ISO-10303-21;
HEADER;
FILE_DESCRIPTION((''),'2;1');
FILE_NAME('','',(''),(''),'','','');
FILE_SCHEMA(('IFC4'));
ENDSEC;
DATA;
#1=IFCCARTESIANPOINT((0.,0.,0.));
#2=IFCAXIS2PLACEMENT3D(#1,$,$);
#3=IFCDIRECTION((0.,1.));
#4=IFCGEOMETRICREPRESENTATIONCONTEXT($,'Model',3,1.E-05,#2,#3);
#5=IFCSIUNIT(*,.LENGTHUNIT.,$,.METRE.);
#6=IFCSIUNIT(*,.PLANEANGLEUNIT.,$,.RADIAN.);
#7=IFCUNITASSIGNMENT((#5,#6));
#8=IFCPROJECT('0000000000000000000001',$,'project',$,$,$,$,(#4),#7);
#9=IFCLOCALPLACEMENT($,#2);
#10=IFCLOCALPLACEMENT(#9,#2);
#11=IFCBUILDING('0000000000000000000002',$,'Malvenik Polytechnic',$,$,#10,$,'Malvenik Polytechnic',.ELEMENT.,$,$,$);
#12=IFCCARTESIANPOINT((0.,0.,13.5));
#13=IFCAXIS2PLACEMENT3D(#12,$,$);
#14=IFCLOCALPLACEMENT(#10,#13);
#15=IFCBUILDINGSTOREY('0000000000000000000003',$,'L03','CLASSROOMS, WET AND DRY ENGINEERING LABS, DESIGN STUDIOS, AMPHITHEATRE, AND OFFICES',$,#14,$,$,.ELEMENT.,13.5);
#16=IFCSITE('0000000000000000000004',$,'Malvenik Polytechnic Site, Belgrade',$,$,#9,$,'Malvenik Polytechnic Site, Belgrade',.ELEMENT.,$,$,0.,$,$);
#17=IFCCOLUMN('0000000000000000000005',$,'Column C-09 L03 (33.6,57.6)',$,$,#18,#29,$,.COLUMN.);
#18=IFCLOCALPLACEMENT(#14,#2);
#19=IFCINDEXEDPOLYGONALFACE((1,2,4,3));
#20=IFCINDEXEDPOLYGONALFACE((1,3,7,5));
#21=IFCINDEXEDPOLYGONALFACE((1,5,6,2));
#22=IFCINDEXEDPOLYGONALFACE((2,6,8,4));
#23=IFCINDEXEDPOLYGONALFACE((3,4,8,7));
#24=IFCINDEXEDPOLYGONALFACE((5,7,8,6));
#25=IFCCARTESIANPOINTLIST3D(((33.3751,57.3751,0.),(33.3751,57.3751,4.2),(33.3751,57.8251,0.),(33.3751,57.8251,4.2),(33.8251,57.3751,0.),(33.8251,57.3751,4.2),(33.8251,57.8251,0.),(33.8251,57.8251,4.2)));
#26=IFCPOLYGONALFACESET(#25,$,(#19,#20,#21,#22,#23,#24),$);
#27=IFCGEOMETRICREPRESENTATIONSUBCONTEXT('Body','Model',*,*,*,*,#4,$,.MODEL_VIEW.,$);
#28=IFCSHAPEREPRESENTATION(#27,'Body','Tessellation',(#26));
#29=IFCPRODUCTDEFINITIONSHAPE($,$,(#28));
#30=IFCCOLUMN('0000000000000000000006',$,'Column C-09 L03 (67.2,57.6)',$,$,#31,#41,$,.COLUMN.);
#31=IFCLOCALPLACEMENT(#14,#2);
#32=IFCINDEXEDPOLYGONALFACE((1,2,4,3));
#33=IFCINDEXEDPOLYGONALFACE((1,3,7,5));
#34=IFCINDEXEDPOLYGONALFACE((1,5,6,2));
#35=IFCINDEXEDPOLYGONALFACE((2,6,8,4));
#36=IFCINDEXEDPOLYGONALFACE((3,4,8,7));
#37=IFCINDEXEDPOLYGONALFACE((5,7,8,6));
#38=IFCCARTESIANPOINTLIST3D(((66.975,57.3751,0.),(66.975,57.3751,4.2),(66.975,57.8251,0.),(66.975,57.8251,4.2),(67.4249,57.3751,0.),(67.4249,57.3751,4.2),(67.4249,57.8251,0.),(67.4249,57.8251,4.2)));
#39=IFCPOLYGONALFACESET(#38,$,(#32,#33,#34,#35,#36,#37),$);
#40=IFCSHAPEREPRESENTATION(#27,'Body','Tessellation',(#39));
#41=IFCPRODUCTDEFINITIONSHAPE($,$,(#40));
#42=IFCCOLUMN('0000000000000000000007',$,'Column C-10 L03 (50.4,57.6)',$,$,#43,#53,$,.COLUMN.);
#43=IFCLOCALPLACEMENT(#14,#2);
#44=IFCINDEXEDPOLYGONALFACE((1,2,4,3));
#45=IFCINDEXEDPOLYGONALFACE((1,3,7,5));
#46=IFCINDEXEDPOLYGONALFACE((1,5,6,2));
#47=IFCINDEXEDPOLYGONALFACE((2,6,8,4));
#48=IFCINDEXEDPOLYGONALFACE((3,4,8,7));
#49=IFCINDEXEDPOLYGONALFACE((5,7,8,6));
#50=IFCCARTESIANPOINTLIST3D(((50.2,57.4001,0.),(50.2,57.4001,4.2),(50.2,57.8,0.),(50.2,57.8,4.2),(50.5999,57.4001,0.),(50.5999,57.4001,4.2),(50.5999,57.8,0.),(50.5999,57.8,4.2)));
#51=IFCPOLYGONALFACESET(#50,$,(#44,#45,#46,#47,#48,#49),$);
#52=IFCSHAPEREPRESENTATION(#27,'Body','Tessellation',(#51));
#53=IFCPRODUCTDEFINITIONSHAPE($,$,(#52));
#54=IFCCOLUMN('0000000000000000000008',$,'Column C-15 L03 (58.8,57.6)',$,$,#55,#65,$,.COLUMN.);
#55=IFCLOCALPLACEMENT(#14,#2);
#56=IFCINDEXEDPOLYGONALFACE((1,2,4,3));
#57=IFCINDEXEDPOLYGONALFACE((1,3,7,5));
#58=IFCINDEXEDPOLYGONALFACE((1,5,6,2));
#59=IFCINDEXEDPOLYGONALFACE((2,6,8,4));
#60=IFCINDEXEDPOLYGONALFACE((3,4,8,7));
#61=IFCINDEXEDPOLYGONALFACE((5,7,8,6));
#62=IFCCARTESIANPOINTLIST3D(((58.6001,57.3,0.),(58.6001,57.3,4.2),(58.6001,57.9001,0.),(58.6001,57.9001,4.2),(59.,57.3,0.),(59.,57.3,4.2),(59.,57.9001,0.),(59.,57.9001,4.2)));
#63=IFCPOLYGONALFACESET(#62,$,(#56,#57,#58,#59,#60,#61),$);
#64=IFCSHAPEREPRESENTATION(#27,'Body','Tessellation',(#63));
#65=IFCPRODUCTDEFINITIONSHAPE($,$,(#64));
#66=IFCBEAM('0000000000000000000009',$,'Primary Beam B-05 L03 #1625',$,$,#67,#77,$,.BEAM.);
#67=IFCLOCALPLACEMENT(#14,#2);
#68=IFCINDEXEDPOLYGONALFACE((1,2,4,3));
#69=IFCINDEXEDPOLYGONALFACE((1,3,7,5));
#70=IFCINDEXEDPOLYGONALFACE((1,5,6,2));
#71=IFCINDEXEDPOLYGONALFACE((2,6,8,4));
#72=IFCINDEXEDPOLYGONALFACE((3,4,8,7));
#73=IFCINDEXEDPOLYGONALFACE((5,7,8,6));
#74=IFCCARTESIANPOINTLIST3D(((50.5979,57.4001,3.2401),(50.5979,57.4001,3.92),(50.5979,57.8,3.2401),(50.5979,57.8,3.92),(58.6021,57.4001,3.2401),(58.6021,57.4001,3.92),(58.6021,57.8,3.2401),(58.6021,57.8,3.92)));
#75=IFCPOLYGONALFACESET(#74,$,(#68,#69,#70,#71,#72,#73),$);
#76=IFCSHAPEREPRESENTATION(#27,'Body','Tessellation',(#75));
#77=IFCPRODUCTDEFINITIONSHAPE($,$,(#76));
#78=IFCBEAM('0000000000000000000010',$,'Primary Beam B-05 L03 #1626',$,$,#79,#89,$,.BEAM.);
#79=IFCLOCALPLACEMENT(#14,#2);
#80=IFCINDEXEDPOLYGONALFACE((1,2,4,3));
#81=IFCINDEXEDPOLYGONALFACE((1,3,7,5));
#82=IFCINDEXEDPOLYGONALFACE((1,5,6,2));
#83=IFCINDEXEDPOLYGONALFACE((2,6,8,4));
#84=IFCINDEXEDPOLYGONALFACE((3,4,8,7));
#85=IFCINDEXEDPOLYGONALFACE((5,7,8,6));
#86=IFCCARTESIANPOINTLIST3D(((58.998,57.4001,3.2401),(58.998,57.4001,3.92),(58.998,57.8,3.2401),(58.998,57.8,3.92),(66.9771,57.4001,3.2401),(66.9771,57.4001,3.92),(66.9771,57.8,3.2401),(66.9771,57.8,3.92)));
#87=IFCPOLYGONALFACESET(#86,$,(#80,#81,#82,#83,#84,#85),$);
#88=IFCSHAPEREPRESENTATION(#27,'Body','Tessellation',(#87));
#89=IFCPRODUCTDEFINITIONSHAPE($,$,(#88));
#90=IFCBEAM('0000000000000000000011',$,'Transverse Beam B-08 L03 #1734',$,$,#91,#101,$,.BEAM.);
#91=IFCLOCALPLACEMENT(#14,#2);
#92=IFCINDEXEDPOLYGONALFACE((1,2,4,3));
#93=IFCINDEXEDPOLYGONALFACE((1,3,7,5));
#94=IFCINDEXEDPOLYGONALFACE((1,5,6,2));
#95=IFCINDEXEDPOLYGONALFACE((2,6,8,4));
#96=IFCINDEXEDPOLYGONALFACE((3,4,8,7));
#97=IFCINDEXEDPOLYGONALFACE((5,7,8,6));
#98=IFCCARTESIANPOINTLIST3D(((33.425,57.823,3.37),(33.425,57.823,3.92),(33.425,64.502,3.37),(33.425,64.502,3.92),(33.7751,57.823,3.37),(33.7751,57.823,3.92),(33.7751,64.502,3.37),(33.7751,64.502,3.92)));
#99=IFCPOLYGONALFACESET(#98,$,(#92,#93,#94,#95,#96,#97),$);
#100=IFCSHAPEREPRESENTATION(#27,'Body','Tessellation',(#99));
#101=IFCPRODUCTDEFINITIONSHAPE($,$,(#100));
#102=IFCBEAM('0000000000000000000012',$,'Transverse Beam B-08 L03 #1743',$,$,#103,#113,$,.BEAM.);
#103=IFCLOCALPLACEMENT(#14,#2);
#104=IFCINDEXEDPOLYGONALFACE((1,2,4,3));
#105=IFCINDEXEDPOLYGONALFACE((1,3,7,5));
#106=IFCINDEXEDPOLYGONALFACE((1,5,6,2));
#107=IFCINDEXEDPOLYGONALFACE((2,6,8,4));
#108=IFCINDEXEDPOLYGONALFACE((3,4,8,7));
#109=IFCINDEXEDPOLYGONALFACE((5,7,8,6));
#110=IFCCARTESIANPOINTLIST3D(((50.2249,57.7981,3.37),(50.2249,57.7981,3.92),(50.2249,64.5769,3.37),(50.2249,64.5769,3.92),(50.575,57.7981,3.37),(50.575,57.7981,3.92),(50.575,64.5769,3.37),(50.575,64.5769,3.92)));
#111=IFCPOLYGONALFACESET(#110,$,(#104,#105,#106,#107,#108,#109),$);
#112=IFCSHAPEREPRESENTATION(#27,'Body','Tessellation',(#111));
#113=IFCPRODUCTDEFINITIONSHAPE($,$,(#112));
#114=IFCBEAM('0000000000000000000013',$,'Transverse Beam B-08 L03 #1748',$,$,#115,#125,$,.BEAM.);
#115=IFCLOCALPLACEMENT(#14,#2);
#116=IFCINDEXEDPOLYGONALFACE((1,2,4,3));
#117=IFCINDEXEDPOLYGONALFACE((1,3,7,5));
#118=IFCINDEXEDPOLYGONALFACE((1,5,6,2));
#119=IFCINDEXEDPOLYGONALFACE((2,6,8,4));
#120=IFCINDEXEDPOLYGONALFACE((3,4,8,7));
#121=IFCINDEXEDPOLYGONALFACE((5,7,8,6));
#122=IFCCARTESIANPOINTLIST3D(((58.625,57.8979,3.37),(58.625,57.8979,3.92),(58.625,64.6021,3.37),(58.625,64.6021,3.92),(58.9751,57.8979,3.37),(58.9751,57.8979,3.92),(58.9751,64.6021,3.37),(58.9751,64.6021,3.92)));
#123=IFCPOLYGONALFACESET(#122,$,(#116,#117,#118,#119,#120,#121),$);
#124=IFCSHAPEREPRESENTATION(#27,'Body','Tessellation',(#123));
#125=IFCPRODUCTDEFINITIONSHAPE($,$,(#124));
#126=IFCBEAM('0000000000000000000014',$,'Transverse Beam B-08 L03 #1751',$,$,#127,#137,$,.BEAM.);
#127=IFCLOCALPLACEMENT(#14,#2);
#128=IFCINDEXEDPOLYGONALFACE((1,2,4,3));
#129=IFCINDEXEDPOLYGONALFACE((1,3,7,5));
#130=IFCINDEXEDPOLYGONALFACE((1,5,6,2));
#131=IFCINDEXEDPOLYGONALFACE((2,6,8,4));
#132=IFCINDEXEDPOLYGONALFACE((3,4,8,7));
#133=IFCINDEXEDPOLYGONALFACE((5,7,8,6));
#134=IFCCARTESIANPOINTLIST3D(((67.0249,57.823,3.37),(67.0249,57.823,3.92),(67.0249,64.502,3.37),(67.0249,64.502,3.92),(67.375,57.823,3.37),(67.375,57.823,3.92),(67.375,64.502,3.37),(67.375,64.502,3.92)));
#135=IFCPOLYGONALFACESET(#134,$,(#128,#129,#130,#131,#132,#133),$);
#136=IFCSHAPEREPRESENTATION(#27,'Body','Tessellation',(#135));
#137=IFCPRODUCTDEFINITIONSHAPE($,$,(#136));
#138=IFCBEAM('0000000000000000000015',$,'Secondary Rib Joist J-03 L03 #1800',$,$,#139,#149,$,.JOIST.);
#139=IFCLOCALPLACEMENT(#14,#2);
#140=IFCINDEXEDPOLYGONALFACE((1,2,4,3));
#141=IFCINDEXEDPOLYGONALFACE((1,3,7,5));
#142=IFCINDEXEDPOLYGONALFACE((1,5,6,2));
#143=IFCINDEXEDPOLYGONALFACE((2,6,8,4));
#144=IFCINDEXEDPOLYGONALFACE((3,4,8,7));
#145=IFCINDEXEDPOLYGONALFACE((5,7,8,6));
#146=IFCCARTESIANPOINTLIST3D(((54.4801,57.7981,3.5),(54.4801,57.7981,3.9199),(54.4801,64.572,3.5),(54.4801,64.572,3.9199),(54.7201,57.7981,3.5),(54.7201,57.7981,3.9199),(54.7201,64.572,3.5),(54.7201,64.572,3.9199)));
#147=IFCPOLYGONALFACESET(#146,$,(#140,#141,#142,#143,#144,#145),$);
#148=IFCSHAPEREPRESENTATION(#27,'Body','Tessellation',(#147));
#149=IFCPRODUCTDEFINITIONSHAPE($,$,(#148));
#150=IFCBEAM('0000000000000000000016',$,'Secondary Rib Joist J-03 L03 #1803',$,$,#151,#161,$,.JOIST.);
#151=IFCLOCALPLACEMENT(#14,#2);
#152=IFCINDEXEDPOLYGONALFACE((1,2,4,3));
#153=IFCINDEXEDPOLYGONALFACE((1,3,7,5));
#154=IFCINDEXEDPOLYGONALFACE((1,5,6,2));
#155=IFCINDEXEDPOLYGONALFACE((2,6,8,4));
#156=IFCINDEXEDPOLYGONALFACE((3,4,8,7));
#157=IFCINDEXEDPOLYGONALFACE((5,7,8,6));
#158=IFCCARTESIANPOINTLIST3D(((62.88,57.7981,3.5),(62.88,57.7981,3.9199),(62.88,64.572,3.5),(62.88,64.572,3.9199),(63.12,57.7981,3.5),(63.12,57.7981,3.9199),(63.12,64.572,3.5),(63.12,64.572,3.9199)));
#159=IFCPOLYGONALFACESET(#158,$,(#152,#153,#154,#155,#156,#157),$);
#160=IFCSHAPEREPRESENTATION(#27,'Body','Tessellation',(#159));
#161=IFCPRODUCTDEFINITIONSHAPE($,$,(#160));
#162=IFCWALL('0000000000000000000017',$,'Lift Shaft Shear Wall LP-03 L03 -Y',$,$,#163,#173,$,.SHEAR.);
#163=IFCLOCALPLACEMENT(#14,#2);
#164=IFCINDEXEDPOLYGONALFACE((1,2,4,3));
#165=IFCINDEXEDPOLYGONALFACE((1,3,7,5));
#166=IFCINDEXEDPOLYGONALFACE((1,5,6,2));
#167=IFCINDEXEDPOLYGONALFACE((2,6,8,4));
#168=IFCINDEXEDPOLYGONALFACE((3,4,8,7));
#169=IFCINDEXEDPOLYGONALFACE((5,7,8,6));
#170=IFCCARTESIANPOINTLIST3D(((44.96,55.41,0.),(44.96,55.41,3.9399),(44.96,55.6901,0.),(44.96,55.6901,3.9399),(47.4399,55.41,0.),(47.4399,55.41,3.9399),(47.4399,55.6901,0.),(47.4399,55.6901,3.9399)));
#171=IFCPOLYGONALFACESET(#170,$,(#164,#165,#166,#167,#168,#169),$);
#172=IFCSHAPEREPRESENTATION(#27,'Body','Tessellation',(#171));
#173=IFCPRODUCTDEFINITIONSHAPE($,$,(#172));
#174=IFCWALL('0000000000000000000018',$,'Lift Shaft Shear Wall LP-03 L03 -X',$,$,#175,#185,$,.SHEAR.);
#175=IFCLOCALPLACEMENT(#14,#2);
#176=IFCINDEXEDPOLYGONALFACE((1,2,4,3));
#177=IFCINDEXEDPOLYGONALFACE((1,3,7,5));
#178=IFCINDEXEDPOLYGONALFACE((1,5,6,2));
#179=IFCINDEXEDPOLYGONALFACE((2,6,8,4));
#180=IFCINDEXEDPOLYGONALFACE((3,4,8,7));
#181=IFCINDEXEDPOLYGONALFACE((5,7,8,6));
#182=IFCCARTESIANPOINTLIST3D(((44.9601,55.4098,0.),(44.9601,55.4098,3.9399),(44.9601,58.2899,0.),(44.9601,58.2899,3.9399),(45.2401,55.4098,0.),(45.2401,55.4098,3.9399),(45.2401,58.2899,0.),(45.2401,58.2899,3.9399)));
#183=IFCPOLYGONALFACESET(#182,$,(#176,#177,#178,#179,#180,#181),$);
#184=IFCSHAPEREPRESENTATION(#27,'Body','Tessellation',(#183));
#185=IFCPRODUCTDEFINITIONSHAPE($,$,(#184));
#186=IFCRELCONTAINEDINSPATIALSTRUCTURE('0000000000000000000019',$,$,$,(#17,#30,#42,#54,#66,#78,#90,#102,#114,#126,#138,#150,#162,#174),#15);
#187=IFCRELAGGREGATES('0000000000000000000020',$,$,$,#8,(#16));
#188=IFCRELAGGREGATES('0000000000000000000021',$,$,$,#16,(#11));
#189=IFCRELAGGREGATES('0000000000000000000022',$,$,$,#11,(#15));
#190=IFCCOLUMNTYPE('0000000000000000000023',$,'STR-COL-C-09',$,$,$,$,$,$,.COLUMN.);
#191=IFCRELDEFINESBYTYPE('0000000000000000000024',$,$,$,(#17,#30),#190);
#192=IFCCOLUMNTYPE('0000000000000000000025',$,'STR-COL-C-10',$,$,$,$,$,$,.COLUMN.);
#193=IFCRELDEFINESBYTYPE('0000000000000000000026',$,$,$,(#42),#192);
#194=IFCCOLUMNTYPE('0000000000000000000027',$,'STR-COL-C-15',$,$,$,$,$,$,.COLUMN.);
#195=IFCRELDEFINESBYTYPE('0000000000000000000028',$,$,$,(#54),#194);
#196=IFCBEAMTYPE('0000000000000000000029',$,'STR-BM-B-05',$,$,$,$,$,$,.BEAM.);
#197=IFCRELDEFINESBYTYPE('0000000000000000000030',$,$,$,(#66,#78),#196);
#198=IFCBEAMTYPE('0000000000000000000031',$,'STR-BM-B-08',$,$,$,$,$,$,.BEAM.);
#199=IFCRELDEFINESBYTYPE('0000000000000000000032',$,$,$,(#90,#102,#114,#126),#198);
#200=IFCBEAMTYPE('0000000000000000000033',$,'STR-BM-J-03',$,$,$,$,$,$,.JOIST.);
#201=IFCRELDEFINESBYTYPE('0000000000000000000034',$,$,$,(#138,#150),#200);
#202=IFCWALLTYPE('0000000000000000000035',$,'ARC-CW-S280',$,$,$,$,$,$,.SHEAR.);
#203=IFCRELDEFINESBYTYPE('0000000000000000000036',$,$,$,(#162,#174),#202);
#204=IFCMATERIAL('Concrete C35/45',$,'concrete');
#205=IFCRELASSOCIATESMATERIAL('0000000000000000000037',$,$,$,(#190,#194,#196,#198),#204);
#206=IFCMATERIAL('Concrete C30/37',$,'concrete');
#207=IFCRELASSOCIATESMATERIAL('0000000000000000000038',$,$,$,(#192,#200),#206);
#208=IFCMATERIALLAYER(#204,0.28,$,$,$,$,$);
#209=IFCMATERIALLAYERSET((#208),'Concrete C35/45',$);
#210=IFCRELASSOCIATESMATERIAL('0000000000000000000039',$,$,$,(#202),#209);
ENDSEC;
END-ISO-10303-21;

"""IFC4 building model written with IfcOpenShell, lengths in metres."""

from ifc_helpers import new_model, si_unit, direction, frame, frame_2d, origin, origin_2d, place, context, subcontext, project, spatial, rectangle, extrude, material, layer, layer_set, material_profile, profile_set, type_object, element, save


model = new_model("IFC4")

# Units and contexts
model_context = context("Model", 3, precision=1e-05, world=origin(), true_north=direction((0.0, 1.0)))
body_context = subcontext(model_context, "Body", "Model", "MODEL_VIEW")
ifc_project = project(units=[si_unit("LENGTHUNIT", "METRE"), si_unit("PLANEANGLEUNIT", "RADIAN")], contexts=[model_context])

# Site, building, storey
site_placement = place(None, origin())
site = spatial("IfcSite", under=ifc_project, at=site_placement, Name="Malvenik Polytechnic Site, Belgrade", LongName="Malvenik Polytechnic Site, Belgrade", CompositionType="ELEMENT", RefElevation=0.0)
building_placement = place(site_placement, origin())
building = spatial("IfcBuilding", under=site, at=building_placement, Name="Malvenik Polytechnic", LongName="Malvenik Polytechnic", CompositionType="ELEMENT")
storey_placement = place(building_placement, frame((0.0, 0.0, 13.5)))
storey = spatial("IfcBuildingStorey", under=building, at=storey_placement, Name="L03", Description="CLASSROOMS, WET AND DRY ENGINEERING LABS, DESIGN STUDIOS, AMPHITHEATRE, AND OFFICES", CompositionType="ELEMENT", Elevation=13.5)

# Columns
ifc_material_1 = material(Name="Concrete C35/45", Category="concrete")
ifc_material_profile_1 = material_profile(ifc_material_1, rectangle(XDim=0.45, YDim=0.45, at=origin_2d()), Name="RC COL 450x450")
ifc_profile_set_1 = profile_set([ifc_material_profile_1], Name="Concrete C35/45")
column_type_1 = type_object("IfcColumnType", Name="STR-COL-C-09", PredefinedType="COLUMN", material=ifc_profile_set_1)
for number, where, z_axis, x_axis, name in (
    (1, (33.6001, 57.6001, 0.0), (0.0, 0.0, 1.0), (1.0, 0.0, 0.0), "Column C-09 L03 (33.6,57.6)"),
    (2, (67.2, 57.6001, 0.0), (0.0, 0.0, 1.0), (1.0, 0.0, 0.0), "Column C-09 L03 (67.2,57.6)"),
):
    element("IfcColumn", number, at=place(storey_placement, frame(where, z_axis=z_axis, x_axis=x_axis)), inside=storey, type_object=column_type_1, Name=name, PredefinedType="COLUMN", context=body_context, shape_type="SweptSolid", body=[
        extrude(rectangle(XDim=0.45, YDim=0.45, at=origin_2d()), origin(), (0.0, 0.0, 1.0), 4.2),
    ])
ifc_material_2 = material(Name="Concrete C30/37", Category="concrete")
ifc_material_profile_2 = material_profile(ifc_material_2, rectangle(XDim=0.3999, YDim=0.3999, at=origin_2d()), Name="RC COL 400x400")
ifc_profile_set_2 = profile_set([ifc_material_profile_2], Name="Concrete C30/37")
column_type_2 = type_object("IfcColumnType", Name="STR-COL-C-10", PredefinedType="COLUMN", material=ifc_profile_set_2)
column_1_placement = place(storey_placement, frame((50.3999, 57.6001, 0.0), z_axis=(0.0, 0.0, 1.0), x_axis=(1.0, 0.0, 0.0)))
element("IfcColumn", 3, at=column_1_placement, inside=storey, type_object=column_type_2, Name="Column C-10 L03 (50.4,57.6)", PredefinedType="COLUMN", context=body_context, shape_type="SweptSolid", body=[
    extrude(rectangle(XDim=0.3999, YDim=0.3999, at=origin_2d()), origin(), (0.0, 0.0, 1.0), 4.2),
])
ifc_material_profile_3 = material_profile(ifc_material_1, rectangle(XDim=0.3999, YDim=0.6001, at=origin_2d()), Name="RC COL 600x400")
ifc_profile_set_3 = profile_set([ifc_material_profile_3], Name="Concrete C35/45")
column_type_3 = type_object("IfcColumnType", Name="STR-COL-C-15", PredefinedType="COLUMN", material=ifc_profile_set_3)
column_2_placement = place(storey_placement, frame((58.8, 57.6001, 0.0), z_axis=(0.0, 0.0, 1.0), x_axis=(1.0, 0.0, 0.0)))
element("IfcColumn", 4, at=column_2_placement, inside=storey, type_object=column_type_3, Name="Column C-15 L03 (58.8,57.6)", PredefinedType="COLUMN", context=body_context, shape_type="SweptSolid", body=[
    extrude(rectangle(XDim=0.3999, YDim=0.6001, at=origin_2d()), origin(), (0.0, 0.0, 1.0), 4.2),
])

# Beams
ifc_material_profile_4 = material_profile(ifc_material_1, rectangle(XDim=0.3999, YDim=0.6799, at=origin_2d()), Name="RC BM 400x680")
ifc_profile_set_4 = profile_set([ifc_material_profile_4], Name="Concrete C35/45")
beam_type_1 = type_object("IfcBeamType", Name="STR-BM-B-05", PredefinedType="BEAM", material=ifc_profile_set_4)
beam_1_placement = place(storey_placement, frame((50.5979, 57.6001, 3.5801), z_axis=(1.0, 0.0, 0.0), x_axis=(0.0, 1.0, 0.0)))
element("IfcBeam", 5, at=beam_1_placement, inside=storey, type_object=beam_type_1, Name="Primary Beam B-05 L03 #1625", PredefinedType="BEAM", context=body_context, shape_type="SweptSolid", body=[
    extrude(rectangle(XDim=0.3999, YDim=0.6799, at=origin_2d()), origin(), (0.0, 0.0, 1.0), 8.0042),
])
beam_2_placement = place(storey_placement, frame((58.998, 57.6001, 3.5801), z_axis=(1.0, 0.0, 0.0), x_axis=(0.0, 1.0, 0.0)))
element("IfcBeam", 6, at=beam_2_placement, inside=storey, type_object=beam_type_1, Name="Primary Beam B-05 L03 #1626", PredefinedType="BEAM", context=body_context, shape_type="SweptSolid", body=[
    extrude(rectangle(XDim=0.3999, YDim=0.6799, at=origin_2d()), origin(), (0.0, 0.0, 1.0), 7.979),
])
ifc_material_profile_5 = material_profile(ifc_material_1, rectangle(XDim=0.3501, YDim=0.55, at=origin_2d()), Name="RC BM 350x550")
ifc_profile_set_5 = profile_set([ifc_material_profile_5], Name="Concrete C35/45")
beam_type_2 = type_object("IfcBeamType", Name="STR-BM-B-08", PredefinedType="BEAM", material=ifc_profile_set_5)
beam_3_placement = place(storey_placement, frame((33.6001, 57.823, 3.645), z_axis=(0.0, 1.0, 0.0), x_axis=(-1.0, 0.0, 0.0)))
element("IfcBeam", 7, at=beam_3_placement, inside=storey, type_object=beam_type_2, Name="Transverse Beam B-08 L03 #1734", PredefinedType="BEAM", context=body_context, shape_type="SweptSolid", body=[
    extrude(rectangle(XDim=0.3501, YDim=0.55, at=origin_2d()), origin(), (0.0, 0.0, 1.0), 6.679),
])
beam_4_placement = place(storey_placement, frame((50.3999, 57.7981, 3.645), z_axis=(0.0, 1.0, 0.0), x_axis=(-1.0, 0.0, 0.0)))
element("IfcBeam", 8, at=beam_4_placement, inside=storey, type_object=beam_type_2, Name="Transverse Beam B-08 L03 #1743", PredefinedType="BEAM", context=body_context, shape_type="SweptSolid", body=[
    extrude(rectangle(XDim=0.3501, YDim=0.55, at=origin_2d()), origin(), (0.0, 0.0, 1.0), 6.7788),
])
beam_5_placement = place(storey_placement, frame((58.8, 57.8979, 3.645), z_axis=(0.0, 1.0, 0.0), x_axis=(-1.0, 0.0, 0.0)))
element("IfcBeam", 9, at=beam_5_placement, inside=storey, type_object=beam_type_2, Name="Transverse Beam B-08 L03 #1748", PredefinedType="BEAM", context=body_context, shape_type="SweptSolid", body=[
    extrude(rectangle(XDim=0.3501, YDim=0.55, at=origin_2d()), origin(), (0.0, 0.0, 1.0), 6.7041),
])
beam_6_placement = place(storey_placement, frame((67.2, 57.823, 3.645), z_axis=(0.0, 1.0, 0.0), x_axis=(-1.0, 0.0, 0.0)))
element("IfcBeam", 10, at=beam_6_placement, inside=storey, type_object=beam_type_2, Name="Transverse Beam B-08 L03 #1751", PredefinedType="BEAM", context=body_context, shape_type="SweptSolid", body=[
    extrude(rectangle(XDim=0.3501, YDim=0.55, at=origin_2d()), origin(), (0.0, 0.0, 1.0), 6.679),
])
ifc_material_profile_6 = material_profile(ifc_material_2, rectangle(XDim=0.24, YDim=0.4199, at=origin_2d()), Name="RC JST 240x420")
ifc_profile_set_6 = profile_set([ifc_material_profile_6], Name="Concrete C30/37")
beam_type_3 = type_object("IfcBeamType", Name="STR-BM-J-03", PredefinedType="JOIST", material=ifc_profile_set_6)
for number, where, z_axis, x_axis, name in (
    (11, (54.6001, 57.7981, 3.71), (0.0, 1.0, 0.0), (-1.0, 0.0, 0.0), "Secondary Rib Joist J-03 L03 #1800"),
    (12, (63.0, 57.7981, 3.71), (0.0, 1.0, 0.0), (-1.0, 0.0, 0.0), "Secondary Rib Joist J-03 L03 #1803"),
):
    element("IfcBeam", number, at=place(storey_placement, frame(where, z_axis=z_axis, x_axis=x_axis)), inside=storey, type_object=beam_type_3, Name=name, PredefinedType="JOIST", context=body_context, shape_type="SweptSolid", body=[
        extrude(rectangle(XDim=0.24, YDim=0.4199, at=origin_2d()), origin(), (0.0, 0.0, 1.0), 6.7739),
    ])

# Wall
ifc_layer_1 = layer(ifc_material_1, 0.28)
ifc_layer_set_1 = layer_set([ifc_layer_1], Name="Concrete C35/45")
wall_type_1 = type_object("IfcWallType", Name="ARC-CW-S280", PredefinedType="SHEAR", material=ifc_layer_set_1)
wall_1_placement = place(storey_placement, frame((47.4399, 55.55, 0.0), z_axis=(0.0, 0.0, 1.0), x_axis=(-1.0, 0.0, 0.0)))
element("IfcWall", 13, at=wall_1_placement, inside=storey, type_object=wall_type_1, Name="Lift Shaft Shear Wall LP-03 L03 -Y", PredefinedType="SHEAR", context=body_context, shape_type="SweptSolid", body=[
    extrude(rectangle(XDim=2.48, YDim=0.28, at=frame_2d((1.24, 0.0))), origin(), (0.0, 0.0, 1.0), 3.9399),
])

# Wall
for number, where, z_axis, x_axis, name in (
    (14, (45.1001, 55.4099, 0.0), (0.0, 0.0, 1.0), (0.0, 1.0, 0.0), "Lift Shaft Shear Wall LP-03 L03 -X"),
):
    element("IfcWall", number, at=place(storey_placement, frame(where, z_axis=z_axis, x_axis=x_axis)), inside=storey, type_object=wall_type_1, Name=name, PredefinedType="SHEAR", context=body_context, shape_type="SweptSolid", body=[
        extrude(rectangle(XDim=2.8801, YDim=0.28, at=frame_2d((1.4399, 0.0))), origin(), (0.0, 0.0, 1.0), 3.9399),
    ])

save(model, "model.ifc")
